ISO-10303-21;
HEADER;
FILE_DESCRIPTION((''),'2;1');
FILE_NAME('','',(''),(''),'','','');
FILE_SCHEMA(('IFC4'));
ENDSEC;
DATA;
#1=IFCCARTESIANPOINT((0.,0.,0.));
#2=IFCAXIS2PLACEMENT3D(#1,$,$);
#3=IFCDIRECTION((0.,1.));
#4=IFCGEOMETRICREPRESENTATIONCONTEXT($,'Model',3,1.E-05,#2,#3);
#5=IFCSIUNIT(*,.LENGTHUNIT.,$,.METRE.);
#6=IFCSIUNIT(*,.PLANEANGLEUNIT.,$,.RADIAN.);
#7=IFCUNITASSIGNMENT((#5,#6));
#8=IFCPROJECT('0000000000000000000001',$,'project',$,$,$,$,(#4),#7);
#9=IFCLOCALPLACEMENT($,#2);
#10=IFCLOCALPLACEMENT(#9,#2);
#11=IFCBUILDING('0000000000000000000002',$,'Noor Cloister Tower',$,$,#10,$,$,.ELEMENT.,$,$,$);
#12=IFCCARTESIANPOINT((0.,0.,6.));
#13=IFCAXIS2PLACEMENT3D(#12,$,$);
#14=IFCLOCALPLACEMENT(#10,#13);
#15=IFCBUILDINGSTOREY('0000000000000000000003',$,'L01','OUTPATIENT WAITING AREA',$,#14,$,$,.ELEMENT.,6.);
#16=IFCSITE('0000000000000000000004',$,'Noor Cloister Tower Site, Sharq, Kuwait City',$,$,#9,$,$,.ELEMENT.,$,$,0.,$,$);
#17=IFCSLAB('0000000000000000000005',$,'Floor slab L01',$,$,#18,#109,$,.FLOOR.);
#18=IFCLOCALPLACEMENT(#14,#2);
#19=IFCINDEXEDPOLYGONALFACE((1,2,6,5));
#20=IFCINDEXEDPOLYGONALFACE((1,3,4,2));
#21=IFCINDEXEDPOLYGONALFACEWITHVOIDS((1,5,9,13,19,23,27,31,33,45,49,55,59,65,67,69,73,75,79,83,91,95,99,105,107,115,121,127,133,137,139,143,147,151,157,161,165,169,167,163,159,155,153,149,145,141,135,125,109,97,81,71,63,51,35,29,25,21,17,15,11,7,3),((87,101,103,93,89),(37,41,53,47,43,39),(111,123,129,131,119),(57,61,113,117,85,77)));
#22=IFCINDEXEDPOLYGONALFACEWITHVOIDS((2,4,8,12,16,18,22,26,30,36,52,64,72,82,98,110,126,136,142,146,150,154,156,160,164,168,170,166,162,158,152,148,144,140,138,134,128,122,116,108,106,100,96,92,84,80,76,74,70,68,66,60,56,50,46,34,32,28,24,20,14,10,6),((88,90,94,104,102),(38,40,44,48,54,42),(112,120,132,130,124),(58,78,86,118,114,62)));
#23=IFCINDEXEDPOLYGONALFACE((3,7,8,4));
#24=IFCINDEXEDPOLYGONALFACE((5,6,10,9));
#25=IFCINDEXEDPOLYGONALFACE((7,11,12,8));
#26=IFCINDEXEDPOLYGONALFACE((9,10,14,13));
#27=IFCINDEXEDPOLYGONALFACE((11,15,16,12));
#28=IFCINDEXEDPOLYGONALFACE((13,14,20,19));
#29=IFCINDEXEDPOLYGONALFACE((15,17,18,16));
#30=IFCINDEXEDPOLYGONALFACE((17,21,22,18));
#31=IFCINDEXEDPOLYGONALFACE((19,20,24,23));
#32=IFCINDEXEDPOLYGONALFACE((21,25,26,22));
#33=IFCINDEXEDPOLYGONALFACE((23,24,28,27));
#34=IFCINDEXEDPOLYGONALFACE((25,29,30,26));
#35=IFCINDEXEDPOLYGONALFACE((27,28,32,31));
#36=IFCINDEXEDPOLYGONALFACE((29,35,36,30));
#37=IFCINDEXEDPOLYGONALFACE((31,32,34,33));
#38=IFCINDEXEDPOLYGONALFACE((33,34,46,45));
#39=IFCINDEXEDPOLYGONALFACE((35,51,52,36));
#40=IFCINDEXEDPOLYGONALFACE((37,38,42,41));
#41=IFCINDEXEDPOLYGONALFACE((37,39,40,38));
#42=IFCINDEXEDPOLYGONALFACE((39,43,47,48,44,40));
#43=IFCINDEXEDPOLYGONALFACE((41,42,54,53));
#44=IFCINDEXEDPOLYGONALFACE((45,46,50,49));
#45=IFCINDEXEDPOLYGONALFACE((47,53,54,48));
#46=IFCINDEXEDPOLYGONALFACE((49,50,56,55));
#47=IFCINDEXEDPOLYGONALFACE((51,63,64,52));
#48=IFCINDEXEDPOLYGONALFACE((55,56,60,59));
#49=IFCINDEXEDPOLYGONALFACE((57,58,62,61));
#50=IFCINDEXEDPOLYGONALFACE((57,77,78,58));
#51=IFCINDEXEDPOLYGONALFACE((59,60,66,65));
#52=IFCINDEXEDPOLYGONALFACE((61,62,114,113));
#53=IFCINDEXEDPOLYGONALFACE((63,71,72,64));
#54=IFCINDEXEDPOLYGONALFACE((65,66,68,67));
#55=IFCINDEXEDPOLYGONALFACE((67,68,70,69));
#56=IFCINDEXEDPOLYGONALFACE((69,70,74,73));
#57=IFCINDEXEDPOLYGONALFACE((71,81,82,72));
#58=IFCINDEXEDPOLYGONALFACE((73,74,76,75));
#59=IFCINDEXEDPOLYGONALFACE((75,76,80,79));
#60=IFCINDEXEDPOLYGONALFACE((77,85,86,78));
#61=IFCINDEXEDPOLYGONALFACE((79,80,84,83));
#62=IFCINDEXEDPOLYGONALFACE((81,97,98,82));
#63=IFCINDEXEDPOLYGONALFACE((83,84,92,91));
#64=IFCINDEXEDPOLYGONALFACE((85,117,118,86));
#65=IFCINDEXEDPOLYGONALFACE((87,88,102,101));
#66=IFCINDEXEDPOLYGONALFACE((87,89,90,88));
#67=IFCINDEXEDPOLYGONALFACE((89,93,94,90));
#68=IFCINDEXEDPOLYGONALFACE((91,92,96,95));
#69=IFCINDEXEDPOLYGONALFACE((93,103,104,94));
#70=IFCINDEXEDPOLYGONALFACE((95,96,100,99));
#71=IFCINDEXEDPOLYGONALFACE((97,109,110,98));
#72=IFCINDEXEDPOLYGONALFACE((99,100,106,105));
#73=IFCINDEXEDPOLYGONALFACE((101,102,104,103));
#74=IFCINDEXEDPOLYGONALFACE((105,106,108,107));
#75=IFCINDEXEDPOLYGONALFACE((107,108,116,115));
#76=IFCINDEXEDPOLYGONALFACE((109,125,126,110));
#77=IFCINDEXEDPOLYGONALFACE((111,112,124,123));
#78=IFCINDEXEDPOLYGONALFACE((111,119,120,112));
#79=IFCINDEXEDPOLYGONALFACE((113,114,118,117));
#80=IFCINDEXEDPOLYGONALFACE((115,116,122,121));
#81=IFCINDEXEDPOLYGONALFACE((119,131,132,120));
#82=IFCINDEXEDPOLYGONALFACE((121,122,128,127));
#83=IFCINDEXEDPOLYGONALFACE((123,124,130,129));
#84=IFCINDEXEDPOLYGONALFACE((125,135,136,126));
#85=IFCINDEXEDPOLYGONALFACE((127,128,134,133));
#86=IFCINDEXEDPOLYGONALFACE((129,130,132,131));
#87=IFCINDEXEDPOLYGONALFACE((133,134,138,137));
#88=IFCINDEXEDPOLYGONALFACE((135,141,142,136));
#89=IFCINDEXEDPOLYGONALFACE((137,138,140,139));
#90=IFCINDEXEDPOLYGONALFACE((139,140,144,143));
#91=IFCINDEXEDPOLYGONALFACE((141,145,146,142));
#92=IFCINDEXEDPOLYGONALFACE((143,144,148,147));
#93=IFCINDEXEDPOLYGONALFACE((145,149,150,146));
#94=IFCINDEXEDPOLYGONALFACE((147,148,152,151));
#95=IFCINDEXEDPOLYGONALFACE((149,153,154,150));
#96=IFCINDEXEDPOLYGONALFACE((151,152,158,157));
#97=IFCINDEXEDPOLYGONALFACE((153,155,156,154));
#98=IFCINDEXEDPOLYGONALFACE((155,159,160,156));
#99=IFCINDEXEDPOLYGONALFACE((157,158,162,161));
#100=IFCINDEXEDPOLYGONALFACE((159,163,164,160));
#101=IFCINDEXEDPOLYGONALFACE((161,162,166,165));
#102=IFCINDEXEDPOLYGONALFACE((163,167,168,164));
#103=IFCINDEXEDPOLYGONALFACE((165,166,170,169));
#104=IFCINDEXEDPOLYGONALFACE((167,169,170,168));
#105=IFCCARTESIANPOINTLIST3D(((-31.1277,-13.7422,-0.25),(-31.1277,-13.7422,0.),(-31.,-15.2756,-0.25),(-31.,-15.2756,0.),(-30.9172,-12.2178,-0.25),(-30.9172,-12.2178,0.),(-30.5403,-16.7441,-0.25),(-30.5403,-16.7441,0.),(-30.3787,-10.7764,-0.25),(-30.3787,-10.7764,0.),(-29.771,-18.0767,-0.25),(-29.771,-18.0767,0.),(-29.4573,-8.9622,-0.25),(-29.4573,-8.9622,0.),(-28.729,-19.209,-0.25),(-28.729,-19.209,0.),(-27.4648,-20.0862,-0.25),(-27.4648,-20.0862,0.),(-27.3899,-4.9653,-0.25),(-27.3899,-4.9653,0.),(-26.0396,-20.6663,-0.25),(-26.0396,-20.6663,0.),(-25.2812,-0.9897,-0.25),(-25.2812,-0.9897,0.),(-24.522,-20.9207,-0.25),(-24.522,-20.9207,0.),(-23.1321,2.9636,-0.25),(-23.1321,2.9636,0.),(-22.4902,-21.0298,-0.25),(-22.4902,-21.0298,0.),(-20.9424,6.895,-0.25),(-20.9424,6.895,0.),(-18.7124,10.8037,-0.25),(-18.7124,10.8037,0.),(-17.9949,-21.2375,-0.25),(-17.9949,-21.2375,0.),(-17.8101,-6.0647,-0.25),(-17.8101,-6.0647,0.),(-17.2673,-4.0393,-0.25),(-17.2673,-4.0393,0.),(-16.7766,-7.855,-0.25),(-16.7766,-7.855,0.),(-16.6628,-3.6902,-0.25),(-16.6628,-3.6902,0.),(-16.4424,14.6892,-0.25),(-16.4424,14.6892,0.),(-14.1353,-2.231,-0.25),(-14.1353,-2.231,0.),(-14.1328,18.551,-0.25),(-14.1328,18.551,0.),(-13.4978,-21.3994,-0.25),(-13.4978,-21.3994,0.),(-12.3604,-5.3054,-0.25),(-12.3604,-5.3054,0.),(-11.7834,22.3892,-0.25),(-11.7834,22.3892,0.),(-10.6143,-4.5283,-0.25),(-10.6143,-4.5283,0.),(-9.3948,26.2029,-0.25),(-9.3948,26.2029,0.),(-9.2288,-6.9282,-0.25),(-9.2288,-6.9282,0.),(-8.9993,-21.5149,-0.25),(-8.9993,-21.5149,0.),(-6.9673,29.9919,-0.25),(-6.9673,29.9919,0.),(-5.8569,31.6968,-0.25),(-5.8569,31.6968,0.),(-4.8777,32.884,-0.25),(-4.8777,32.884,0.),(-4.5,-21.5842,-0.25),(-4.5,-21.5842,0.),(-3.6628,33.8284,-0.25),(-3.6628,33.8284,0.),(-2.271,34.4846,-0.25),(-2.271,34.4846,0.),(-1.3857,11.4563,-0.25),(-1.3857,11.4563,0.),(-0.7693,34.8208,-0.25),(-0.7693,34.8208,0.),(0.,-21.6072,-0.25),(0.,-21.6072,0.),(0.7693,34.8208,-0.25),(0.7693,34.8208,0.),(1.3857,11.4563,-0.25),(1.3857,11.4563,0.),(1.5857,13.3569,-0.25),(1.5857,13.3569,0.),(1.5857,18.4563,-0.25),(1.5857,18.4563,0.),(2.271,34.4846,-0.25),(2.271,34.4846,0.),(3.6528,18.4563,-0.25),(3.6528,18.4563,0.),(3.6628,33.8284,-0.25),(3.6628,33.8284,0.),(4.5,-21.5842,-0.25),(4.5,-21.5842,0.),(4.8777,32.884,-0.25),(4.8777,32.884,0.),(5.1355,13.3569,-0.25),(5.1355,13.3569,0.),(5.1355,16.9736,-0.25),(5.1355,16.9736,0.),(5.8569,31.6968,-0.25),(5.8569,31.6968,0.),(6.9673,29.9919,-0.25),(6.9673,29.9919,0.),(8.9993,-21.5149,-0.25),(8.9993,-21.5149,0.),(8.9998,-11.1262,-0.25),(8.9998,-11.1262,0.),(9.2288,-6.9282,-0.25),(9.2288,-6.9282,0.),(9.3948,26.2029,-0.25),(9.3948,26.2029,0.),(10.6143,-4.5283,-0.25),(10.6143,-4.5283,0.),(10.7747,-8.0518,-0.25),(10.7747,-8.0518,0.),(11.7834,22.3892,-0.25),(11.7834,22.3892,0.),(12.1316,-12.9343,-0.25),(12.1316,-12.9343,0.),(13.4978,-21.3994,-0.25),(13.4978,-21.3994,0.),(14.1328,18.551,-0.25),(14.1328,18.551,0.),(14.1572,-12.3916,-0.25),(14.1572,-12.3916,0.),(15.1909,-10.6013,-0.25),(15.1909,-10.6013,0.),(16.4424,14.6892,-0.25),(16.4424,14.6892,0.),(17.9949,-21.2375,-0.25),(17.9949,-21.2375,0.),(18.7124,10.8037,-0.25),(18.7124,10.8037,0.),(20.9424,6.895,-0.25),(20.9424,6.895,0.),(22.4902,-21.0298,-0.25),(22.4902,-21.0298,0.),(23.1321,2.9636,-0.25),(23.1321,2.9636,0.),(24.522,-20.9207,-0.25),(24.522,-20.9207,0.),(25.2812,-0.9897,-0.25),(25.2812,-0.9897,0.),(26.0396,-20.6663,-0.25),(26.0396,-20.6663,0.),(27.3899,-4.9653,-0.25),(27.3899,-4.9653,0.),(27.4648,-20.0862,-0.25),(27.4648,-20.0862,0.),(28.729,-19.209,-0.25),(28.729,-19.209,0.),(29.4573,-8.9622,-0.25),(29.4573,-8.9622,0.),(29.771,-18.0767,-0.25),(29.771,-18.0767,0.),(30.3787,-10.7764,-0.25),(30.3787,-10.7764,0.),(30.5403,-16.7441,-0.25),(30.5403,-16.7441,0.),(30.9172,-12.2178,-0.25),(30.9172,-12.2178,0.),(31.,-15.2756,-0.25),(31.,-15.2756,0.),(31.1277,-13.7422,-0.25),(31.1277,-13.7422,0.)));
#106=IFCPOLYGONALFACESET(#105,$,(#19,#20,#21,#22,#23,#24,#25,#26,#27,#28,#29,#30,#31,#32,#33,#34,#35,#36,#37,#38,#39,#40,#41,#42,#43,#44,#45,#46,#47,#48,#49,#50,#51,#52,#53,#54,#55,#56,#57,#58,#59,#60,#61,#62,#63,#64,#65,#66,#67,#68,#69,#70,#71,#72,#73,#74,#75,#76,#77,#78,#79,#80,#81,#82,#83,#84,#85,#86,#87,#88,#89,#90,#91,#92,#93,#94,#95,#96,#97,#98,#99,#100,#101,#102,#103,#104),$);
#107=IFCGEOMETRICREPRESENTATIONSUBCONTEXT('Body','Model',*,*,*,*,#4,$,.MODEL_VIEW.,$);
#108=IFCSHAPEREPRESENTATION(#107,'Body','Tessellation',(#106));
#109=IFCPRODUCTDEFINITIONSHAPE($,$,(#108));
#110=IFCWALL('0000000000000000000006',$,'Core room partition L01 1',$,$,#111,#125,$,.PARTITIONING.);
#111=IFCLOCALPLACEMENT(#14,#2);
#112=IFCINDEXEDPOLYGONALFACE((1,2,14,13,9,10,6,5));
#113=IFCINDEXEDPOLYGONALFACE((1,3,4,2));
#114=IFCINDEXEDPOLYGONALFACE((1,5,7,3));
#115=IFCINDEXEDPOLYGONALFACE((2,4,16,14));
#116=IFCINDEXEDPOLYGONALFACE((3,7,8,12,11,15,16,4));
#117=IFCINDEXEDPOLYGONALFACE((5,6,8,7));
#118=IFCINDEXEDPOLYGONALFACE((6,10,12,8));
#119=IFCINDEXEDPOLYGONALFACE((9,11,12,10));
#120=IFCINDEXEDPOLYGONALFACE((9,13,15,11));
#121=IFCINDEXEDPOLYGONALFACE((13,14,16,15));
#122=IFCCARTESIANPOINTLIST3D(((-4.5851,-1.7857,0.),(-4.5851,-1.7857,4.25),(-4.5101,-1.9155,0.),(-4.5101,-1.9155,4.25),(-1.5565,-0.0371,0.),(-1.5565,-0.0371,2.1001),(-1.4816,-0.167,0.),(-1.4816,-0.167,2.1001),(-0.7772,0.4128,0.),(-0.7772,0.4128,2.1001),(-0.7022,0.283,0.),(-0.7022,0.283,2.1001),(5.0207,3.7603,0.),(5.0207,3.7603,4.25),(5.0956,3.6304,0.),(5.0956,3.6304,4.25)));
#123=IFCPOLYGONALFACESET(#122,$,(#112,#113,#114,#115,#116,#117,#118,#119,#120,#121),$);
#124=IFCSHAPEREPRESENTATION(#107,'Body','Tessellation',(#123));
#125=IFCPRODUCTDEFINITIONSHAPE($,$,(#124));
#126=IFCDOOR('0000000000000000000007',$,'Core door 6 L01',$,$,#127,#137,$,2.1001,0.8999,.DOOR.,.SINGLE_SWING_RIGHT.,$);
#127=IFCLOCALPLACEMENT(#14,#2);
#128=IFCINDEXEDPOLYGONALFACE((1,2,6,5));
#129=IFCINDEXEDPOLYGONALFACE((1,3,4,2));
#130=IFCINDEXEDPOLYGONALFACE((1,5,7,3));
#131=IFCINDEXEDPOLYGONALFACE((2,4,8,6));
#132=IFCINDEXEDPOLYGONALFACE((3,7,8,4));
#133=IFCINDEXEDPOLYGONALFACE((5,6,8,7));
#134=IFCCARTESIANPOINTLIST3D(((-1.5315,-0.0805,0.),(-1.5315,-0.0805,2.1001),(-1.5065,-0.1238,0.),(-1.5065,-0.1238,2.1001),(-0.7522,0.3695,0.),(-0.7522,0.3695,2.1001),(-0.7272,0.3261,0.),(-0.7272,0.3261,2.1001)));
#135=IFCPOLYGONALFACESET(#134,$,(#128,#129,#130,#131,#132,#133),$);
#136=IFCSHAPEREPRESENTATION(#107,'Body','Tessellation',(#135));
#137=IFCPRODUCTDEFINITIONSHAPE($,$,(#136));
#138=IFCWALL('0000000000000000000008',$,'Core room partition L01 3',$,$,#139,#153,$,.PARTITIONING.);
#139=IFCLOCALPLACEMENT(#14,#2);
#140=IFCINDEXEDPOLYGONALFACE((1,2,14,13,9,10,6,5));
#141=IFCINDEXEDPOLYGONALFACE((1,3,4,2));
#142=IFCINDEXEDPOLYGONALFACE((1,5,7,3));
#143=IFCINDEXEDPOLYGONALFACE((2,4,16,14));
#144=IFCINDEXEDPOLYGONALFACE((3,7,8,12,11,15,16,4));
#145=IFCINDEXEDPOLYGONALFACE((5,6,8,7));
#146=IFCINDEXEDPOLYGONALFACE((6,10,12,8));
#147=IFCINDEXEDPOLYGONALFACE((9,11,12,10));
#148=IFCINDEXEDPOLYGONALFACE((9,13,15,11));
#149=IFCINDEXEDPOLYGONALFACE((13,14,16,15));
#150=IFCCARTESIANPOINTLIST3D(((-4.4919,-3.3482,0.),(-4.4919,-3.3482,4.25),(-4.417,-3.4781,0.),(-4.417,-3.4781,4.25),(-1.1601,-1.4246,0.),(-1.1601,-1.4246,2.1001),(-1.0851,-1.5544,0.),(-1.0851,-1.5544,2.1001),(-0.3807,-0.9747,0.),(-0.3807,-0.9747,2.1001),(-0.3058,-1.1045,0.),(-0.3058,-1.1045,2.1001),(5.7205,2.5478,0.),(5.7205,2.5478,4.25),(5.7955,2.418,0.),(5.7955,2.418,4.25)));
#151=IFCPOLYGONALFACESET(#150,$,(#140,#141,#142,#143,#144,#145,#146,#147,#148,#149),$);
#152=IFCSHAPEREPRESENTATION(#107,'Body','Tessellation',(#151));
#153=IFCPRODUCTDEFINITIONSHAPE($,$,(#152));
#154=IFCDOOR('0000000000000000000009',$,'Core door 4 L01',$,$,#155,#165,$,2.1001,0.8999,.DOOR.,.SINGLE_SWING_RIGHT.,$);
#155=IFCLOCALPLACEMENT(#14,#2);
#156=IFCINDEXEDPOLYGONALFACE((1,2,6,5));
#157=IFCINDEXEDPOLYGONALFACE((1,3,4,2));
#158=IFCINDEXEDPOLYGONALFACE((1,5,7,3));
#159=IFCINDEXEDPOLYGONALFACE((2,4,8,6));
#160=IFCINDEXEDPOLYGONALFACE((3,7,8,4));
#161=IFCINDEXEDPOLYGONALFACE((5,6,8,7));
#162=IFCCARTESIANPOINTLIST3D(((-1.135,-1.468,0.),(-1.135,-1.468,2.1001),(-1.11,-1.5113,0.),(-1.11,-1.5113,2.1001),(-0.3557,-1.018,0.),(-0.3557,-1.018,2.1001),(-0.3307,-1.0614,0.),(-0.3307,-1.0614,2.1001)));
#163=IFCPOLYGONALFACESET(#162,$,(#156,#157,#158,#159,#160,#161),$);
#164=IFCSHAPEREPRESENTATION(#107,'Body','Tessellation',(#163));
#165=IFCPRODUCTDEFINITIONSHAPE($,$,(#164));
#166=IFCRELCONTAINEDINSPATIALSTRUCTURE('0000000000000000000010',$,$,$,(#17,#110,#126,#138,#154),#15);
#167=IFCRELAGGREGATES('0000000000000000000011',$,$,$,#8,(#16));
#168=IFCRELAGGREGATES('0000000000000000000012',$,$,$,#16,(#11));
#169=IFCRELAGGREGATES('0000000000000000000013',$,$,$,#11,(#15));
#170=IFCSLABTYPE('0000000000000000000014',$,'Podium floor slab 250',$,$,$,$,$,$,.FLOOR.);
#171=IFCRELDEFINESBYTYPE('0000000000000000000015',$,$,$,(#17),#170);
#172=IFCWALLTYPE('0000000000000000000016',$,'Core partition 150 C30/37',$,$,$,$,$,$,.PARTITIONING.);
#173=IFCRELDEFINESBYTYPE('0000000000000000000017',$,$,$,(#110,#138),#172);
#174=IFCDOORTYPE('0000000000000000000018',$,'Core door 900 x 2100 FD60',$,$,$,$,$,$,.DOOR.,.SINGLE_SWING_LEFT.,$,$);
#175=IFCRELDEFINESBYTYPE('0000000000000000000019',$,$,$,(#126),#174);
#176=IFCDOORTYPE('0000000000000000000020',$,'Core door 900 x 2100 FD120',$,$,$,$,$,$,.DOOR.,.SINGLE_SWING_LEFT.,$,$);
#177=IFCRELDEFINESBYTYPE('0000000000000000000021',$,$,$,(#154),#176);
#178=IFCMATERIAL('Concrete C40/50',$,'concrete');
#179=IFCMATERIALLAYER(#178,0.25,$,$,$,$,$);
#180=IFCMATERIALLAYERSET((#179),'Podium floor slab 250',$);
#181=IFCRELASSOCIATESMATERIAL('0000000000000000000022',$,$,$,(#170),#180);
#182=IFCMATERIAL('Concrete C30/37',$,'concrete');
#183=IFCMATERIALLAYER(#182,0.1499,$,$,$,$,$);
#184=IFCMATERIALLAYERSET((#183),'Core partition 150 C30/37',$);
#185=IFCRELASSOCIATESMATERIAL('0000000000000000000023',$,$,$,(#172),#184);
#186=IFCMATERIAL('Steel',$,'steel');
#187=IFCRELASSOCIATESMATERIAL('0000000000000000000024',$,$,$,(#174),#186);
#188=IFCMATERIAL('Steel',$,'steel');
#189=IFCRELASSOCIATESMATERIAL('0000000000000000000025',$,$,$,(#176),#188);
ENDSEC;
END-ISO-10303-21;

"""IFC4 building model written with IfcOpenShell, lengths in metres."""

from ifc_helpers import new_model, si_unit, direction, frame, frame_2d, origin, place, context, subcontext, project, spatial, polyline, rectangle, outline, extrude, material, layer, layer_set, type_object, element, fill, save


model = new_model("IFC4")

# Units and contexts
model_context = context("Model", 3, precision=1e-05, world=origin(), true_north=direction((0.0, 1.0)))
body_context = subcontext(model_context, "Body", "Model", "MODEL_VIEW")
ifc_project = project(units=[si_unit("LENGTHUNIT", "METRE"), si_unit("PLANEANGLEUNIT", "RADIAN")], contexts=[model_context])

# Site, building, storey
site_placement = place(None, origin())
site = spatial("IfcSite", under=ifc_project, at=site_placement, Name="Noor Cloister Tower Site, Sharq, Kuwait City", CompositionType="ELEMENT", RefElevation=0.0)
building_placement = place(site_placement, origin())
building = spatial("IfcBuilding", under=site, at=building_placement, Name="Noor Cloister Tower", CompositionType="ELEMENT")
storey_placement = place(building_placement, frame((0.0, 0.0, 6.0)))
storey = spatial("IfcBuildingStorey", under=building, at=storey_placement, Name="L01", Description="OUTPATIENT WAITING AREA", CompositionType="ELEMENT", Elevation=6.0)

# Slab
ifc_material_1 = material(Name="Concrete C40/50", Category="concrete")
ifc_layer_1 = layer(ifc_material_1, 0.25)
ifc_layer_set_1 = layer_set([ifc_layer_1], Name="Podium floor slab 250")
slab_type = type_object("IfcSlabType", Name="Podium floor slab 250", PredefinedType="FLOOR", material=ifc_layer_set_1)
slab_placement = place(storey_placement, frame((0.0, 0.0, -0.25)))
element("IfcSlab", 1, at=slab_placement, inside=storey, type_object=slab_type, Name="Floor slab L01", PredefinedType="FLOOR", context=body_context, shape_type="SweptSolid", body=[
    extrude(outline(polyline([(5.8569, 31.6968), (4.8777, 32.884), (3.6628, 33.8284), (2.271, 34.4846), (0.7693, 34.8208), (-0.7693, 34.8208), (-2.271, 34.4846), (-3.6628, 33.8284), (-4.8777, 32.884), (-5.8569, 31.6968), (-6.9673, 29.9919), (-9.3948, 26.2029), (-11.7834, 22.3892), (-14.1328, 18.551), (-16.4424, 14.6892), (-18.7124, 10.8037), (-20.9424, 6.895), (-23.1321, 2.9636), (-25.2812, -0.9897), (-27.3899, -4.9653), (-29.4573, -8.9622), (-30.3787, -10.7764), (-30.9172, -12.2178), (-31.1277, -13.7422), (-31.0, -15.2756), (-30.5403, -16.7441), (-29.771, -18.0767), (-28.729, -19.209), (-27.4648, -20.0862), (-26.0396, -20.6663), (-24.522, -20.9207), (-22.4902, -21.0298), (-17.9949, -21.2375), (-13.4978, -21.3994), (-8.9993, -21.5149), (-4.5, -21.5842), (0.0, -21.6072), (4.5, -21.5842), (8.9993, -21.5149), (13.4978, -21.3994), (17.9949, -21.2375), (22.4902, -21.0298), (24.522, -20.9207), (26.0396, -20.6663), (27.4648, -20.0862), (28.729, -19.209), (29.771, -18.0767), (30.5403, -16.7441), (31.0, -15.2756), (31.1277, -13.7422), (30.9172, -12.2178), (30.3787, -10.7764), (29.4573, -8.9622), (27.3899, -4.9653), (25.2812, -0.9897), (23.1321, 2.9636), (20.9424, 6.895), (18.7124, 10.8037), (16.4424, 14.6892), (14.1328, 18.551), (11.7834, 22.3892), (9.3948, 26.2029), (6.9673, 29.9919), (5.8569, 31.6968)]), holes=[polyline([(-9.2288, -6.9282), (9.2288, -6.9282), (10.6143, -4.5283), (1.3857, 11.4563), (-1.3857, 11.4563), (-10.6143, -4.5283), (-9.2288, -6.9282)]), polyline([(1.5857, 18.4563), (1.5857, 13.3569), (5.1355, 13.3569), (5.1355, 16.9736), (3.6528, 18.4563), (1.5857, 18.4563)]), polyline([(-16.7766, -7.855), (-12.3604, -5.3054), (-14.1353, -2.231), (-16.6628, -3.6902), (-17.2673, -4.0393), (-17.8101, -6.0647), (-16.7766, -7.855)]), polyline([(12.1316, -12.9343), (14.1572, -12.3916), (15.1909, -10.6013), (10.7747, -8.0518), (8.9998, -11.1262), (12.1316, -12.9343)])]), origin(), (0.0, 0.0, 1.0), 0.25),
])

# Walls, openings, doors
ifc_material_2 = material(Name="Concrete C30/37", Category="concrete")
ifc_layer_2 = layer(ifc_material_2, 0.1499)
ifc_layer_set_2 = layer_set([ifc_layer_2], Name="Core partition 150 C30/37")
wall_type_1 = type_object("IfcWallType", Name="Core partition 150 C30/37", PredefinedType="PARTITIONING", material=ifc_layer_set_2)
wall_1_placement = place(storey_placement, frame((-4.5476, -1.8506, 0.0), z_axis=(0.0, 0.0, 1.0), x_axis=(0.866024, 0.500003, 0.0)))
wall_1 = element("IfcWall", 2, at=wall_1_placement, inside=storey, type_object=wall_type_1, Name="Core room partition L01 1", PredefinedType="PARTITIONING", context=body_context, shape_type="SweptSolid", body=[
    extrude(rectangle(XDim=11.0918, YDim=0.1499, at=frame_2d((5.5459, 0.0))), origin(), (0.0, 0.0, 1.0), 4.25),
])
opening_1_placement = place(wall_1_placement, frame((3.4971, 0.0, 0.0)))
opening_1 = element("IfcOpeningElement", 3, at=opening_1_placement, cuts=wall_1, PredefinedType="OPENING", context=body_context, shape_type="SweptSolid", body=[
    extrude(rectangle(XDim=0.8999, YDim=2.1001, at=frame_2d((0.45, 1.05))), frame((0.0, 0.085, 0.0), z_axis=(0.0, -1.0, 0.0), x_axis=(1.0, 0.0, 0.0)), (0.0, 0.0, 1.0), 0.1699),
])
ifc_material_3 = material(Name="Steel", Category="steel")
door_type_1 = type_object("IfcDoorType", Name="Core door 900 x 2100 FD60", OperationType="SINGLE_SWING_LEFT", PredefinedType="DOOR", material=ifc_material_3)
door_1_placement = place(opening_1_placement, origin())
door_1 = element("IfcDoor", 4, at=door_1_placement, inside=storey, type_object=door_type_1, Name="Core door 6 L01", OperationType="SINGLE_SWING_RIGHT", OverallHeight=2.1001, OverallWidth=0.8999, PredefinedType="DOOR", context=body_context, shape_type="SweptSolid", body=[
    extrude(rectangle(XDim=0.8999, YDim=2.1001, at=frame_2d((0.45, 1.05))), frame((0.0, 0.0249, 0.0), z_axis=(0.0, -1.0, 0.0), x_axis=(1.0, 0.0, 0.0)), (0.0, 0.0, 1.0), 0.05),
])
fill(opening_1, door_1)
wall_2_placement = place(storey_placement, frame((-4.4543, -3.4131, 0.0), z_axis=(0.0, 0.0, 1.0), x_axis=(0.86603, 0.499991, 0.0)))
wall_2 = element("IfcWall", 5, at=wall_2_placement, inside=storey, type_object=wall_type_1, Name="Core room partition L01 3", PredefinedType="PARTITIONING", context=body_context, shape_type="SweptSolid", body=[
    extrude(rectangle(XDim=11.7922, YDim=0.1499, at=frame_2d((5.896, 0.0))), origin(), (0.0, 0.0, 1.0), 4.25),
])
opening_2_placement = place(wall_2_placement, frame((3.8472, 0.0, 0.0)))
opening_2 = element("IfcOpeningElement", 6, at=opening_2_placement, cuts=wall_2, PredefinedType="OPENING", context=body_context, shape_type="SweptSolid", body=[
    extrude(rectangle(XDim=0.8999, YDim=2.1001, at=frame_2d((0.45, 1.05))), frame((0.0, 0.085, 0.0), z_axis=(0.0, -1.0, 0.0), x_axis=(1.0, 0.0, 0.0)), (0.0, 0.0, 1.0), 0.1699),
])
ifc_material_4 = material(Name="Steel", Category="steel")
door_type_2 = type_object("IfcDoorType", Name="Core door 900 x 2100 FD120", OperationType="SINGLE_SWING_LEFT", PredefinedType="DOOR", material=ifc_material_4)
door_2_placement = place(opening_2_placement, origin())
door_2 = element("IfcDoor", 7, at=door_2_placement, inside=storey, type_object=door_type_2, Name="Core door 4 L01", OperationType="SINGLE_SWING_RIGHT", OverallHeight=2.1001, OverallWidth=0.8999, PredefinedType="DOOR", context=body_context, shape_type="SweptSolid", body=[
    extrude(rectangle(XDim=0.8999, YDim=2.1001, at=frame_2d((0.45, 1.05))), frame((0.0, 0.0249, 0.0), z_axis=(0.0, -1.0, 0.0), x_axis=(1.0, 0.0, 0.0)), (0.0, 0.0, 1.0), 0.05),
])
fill(opening_2, door_2)

save(model, "model.ifc")
